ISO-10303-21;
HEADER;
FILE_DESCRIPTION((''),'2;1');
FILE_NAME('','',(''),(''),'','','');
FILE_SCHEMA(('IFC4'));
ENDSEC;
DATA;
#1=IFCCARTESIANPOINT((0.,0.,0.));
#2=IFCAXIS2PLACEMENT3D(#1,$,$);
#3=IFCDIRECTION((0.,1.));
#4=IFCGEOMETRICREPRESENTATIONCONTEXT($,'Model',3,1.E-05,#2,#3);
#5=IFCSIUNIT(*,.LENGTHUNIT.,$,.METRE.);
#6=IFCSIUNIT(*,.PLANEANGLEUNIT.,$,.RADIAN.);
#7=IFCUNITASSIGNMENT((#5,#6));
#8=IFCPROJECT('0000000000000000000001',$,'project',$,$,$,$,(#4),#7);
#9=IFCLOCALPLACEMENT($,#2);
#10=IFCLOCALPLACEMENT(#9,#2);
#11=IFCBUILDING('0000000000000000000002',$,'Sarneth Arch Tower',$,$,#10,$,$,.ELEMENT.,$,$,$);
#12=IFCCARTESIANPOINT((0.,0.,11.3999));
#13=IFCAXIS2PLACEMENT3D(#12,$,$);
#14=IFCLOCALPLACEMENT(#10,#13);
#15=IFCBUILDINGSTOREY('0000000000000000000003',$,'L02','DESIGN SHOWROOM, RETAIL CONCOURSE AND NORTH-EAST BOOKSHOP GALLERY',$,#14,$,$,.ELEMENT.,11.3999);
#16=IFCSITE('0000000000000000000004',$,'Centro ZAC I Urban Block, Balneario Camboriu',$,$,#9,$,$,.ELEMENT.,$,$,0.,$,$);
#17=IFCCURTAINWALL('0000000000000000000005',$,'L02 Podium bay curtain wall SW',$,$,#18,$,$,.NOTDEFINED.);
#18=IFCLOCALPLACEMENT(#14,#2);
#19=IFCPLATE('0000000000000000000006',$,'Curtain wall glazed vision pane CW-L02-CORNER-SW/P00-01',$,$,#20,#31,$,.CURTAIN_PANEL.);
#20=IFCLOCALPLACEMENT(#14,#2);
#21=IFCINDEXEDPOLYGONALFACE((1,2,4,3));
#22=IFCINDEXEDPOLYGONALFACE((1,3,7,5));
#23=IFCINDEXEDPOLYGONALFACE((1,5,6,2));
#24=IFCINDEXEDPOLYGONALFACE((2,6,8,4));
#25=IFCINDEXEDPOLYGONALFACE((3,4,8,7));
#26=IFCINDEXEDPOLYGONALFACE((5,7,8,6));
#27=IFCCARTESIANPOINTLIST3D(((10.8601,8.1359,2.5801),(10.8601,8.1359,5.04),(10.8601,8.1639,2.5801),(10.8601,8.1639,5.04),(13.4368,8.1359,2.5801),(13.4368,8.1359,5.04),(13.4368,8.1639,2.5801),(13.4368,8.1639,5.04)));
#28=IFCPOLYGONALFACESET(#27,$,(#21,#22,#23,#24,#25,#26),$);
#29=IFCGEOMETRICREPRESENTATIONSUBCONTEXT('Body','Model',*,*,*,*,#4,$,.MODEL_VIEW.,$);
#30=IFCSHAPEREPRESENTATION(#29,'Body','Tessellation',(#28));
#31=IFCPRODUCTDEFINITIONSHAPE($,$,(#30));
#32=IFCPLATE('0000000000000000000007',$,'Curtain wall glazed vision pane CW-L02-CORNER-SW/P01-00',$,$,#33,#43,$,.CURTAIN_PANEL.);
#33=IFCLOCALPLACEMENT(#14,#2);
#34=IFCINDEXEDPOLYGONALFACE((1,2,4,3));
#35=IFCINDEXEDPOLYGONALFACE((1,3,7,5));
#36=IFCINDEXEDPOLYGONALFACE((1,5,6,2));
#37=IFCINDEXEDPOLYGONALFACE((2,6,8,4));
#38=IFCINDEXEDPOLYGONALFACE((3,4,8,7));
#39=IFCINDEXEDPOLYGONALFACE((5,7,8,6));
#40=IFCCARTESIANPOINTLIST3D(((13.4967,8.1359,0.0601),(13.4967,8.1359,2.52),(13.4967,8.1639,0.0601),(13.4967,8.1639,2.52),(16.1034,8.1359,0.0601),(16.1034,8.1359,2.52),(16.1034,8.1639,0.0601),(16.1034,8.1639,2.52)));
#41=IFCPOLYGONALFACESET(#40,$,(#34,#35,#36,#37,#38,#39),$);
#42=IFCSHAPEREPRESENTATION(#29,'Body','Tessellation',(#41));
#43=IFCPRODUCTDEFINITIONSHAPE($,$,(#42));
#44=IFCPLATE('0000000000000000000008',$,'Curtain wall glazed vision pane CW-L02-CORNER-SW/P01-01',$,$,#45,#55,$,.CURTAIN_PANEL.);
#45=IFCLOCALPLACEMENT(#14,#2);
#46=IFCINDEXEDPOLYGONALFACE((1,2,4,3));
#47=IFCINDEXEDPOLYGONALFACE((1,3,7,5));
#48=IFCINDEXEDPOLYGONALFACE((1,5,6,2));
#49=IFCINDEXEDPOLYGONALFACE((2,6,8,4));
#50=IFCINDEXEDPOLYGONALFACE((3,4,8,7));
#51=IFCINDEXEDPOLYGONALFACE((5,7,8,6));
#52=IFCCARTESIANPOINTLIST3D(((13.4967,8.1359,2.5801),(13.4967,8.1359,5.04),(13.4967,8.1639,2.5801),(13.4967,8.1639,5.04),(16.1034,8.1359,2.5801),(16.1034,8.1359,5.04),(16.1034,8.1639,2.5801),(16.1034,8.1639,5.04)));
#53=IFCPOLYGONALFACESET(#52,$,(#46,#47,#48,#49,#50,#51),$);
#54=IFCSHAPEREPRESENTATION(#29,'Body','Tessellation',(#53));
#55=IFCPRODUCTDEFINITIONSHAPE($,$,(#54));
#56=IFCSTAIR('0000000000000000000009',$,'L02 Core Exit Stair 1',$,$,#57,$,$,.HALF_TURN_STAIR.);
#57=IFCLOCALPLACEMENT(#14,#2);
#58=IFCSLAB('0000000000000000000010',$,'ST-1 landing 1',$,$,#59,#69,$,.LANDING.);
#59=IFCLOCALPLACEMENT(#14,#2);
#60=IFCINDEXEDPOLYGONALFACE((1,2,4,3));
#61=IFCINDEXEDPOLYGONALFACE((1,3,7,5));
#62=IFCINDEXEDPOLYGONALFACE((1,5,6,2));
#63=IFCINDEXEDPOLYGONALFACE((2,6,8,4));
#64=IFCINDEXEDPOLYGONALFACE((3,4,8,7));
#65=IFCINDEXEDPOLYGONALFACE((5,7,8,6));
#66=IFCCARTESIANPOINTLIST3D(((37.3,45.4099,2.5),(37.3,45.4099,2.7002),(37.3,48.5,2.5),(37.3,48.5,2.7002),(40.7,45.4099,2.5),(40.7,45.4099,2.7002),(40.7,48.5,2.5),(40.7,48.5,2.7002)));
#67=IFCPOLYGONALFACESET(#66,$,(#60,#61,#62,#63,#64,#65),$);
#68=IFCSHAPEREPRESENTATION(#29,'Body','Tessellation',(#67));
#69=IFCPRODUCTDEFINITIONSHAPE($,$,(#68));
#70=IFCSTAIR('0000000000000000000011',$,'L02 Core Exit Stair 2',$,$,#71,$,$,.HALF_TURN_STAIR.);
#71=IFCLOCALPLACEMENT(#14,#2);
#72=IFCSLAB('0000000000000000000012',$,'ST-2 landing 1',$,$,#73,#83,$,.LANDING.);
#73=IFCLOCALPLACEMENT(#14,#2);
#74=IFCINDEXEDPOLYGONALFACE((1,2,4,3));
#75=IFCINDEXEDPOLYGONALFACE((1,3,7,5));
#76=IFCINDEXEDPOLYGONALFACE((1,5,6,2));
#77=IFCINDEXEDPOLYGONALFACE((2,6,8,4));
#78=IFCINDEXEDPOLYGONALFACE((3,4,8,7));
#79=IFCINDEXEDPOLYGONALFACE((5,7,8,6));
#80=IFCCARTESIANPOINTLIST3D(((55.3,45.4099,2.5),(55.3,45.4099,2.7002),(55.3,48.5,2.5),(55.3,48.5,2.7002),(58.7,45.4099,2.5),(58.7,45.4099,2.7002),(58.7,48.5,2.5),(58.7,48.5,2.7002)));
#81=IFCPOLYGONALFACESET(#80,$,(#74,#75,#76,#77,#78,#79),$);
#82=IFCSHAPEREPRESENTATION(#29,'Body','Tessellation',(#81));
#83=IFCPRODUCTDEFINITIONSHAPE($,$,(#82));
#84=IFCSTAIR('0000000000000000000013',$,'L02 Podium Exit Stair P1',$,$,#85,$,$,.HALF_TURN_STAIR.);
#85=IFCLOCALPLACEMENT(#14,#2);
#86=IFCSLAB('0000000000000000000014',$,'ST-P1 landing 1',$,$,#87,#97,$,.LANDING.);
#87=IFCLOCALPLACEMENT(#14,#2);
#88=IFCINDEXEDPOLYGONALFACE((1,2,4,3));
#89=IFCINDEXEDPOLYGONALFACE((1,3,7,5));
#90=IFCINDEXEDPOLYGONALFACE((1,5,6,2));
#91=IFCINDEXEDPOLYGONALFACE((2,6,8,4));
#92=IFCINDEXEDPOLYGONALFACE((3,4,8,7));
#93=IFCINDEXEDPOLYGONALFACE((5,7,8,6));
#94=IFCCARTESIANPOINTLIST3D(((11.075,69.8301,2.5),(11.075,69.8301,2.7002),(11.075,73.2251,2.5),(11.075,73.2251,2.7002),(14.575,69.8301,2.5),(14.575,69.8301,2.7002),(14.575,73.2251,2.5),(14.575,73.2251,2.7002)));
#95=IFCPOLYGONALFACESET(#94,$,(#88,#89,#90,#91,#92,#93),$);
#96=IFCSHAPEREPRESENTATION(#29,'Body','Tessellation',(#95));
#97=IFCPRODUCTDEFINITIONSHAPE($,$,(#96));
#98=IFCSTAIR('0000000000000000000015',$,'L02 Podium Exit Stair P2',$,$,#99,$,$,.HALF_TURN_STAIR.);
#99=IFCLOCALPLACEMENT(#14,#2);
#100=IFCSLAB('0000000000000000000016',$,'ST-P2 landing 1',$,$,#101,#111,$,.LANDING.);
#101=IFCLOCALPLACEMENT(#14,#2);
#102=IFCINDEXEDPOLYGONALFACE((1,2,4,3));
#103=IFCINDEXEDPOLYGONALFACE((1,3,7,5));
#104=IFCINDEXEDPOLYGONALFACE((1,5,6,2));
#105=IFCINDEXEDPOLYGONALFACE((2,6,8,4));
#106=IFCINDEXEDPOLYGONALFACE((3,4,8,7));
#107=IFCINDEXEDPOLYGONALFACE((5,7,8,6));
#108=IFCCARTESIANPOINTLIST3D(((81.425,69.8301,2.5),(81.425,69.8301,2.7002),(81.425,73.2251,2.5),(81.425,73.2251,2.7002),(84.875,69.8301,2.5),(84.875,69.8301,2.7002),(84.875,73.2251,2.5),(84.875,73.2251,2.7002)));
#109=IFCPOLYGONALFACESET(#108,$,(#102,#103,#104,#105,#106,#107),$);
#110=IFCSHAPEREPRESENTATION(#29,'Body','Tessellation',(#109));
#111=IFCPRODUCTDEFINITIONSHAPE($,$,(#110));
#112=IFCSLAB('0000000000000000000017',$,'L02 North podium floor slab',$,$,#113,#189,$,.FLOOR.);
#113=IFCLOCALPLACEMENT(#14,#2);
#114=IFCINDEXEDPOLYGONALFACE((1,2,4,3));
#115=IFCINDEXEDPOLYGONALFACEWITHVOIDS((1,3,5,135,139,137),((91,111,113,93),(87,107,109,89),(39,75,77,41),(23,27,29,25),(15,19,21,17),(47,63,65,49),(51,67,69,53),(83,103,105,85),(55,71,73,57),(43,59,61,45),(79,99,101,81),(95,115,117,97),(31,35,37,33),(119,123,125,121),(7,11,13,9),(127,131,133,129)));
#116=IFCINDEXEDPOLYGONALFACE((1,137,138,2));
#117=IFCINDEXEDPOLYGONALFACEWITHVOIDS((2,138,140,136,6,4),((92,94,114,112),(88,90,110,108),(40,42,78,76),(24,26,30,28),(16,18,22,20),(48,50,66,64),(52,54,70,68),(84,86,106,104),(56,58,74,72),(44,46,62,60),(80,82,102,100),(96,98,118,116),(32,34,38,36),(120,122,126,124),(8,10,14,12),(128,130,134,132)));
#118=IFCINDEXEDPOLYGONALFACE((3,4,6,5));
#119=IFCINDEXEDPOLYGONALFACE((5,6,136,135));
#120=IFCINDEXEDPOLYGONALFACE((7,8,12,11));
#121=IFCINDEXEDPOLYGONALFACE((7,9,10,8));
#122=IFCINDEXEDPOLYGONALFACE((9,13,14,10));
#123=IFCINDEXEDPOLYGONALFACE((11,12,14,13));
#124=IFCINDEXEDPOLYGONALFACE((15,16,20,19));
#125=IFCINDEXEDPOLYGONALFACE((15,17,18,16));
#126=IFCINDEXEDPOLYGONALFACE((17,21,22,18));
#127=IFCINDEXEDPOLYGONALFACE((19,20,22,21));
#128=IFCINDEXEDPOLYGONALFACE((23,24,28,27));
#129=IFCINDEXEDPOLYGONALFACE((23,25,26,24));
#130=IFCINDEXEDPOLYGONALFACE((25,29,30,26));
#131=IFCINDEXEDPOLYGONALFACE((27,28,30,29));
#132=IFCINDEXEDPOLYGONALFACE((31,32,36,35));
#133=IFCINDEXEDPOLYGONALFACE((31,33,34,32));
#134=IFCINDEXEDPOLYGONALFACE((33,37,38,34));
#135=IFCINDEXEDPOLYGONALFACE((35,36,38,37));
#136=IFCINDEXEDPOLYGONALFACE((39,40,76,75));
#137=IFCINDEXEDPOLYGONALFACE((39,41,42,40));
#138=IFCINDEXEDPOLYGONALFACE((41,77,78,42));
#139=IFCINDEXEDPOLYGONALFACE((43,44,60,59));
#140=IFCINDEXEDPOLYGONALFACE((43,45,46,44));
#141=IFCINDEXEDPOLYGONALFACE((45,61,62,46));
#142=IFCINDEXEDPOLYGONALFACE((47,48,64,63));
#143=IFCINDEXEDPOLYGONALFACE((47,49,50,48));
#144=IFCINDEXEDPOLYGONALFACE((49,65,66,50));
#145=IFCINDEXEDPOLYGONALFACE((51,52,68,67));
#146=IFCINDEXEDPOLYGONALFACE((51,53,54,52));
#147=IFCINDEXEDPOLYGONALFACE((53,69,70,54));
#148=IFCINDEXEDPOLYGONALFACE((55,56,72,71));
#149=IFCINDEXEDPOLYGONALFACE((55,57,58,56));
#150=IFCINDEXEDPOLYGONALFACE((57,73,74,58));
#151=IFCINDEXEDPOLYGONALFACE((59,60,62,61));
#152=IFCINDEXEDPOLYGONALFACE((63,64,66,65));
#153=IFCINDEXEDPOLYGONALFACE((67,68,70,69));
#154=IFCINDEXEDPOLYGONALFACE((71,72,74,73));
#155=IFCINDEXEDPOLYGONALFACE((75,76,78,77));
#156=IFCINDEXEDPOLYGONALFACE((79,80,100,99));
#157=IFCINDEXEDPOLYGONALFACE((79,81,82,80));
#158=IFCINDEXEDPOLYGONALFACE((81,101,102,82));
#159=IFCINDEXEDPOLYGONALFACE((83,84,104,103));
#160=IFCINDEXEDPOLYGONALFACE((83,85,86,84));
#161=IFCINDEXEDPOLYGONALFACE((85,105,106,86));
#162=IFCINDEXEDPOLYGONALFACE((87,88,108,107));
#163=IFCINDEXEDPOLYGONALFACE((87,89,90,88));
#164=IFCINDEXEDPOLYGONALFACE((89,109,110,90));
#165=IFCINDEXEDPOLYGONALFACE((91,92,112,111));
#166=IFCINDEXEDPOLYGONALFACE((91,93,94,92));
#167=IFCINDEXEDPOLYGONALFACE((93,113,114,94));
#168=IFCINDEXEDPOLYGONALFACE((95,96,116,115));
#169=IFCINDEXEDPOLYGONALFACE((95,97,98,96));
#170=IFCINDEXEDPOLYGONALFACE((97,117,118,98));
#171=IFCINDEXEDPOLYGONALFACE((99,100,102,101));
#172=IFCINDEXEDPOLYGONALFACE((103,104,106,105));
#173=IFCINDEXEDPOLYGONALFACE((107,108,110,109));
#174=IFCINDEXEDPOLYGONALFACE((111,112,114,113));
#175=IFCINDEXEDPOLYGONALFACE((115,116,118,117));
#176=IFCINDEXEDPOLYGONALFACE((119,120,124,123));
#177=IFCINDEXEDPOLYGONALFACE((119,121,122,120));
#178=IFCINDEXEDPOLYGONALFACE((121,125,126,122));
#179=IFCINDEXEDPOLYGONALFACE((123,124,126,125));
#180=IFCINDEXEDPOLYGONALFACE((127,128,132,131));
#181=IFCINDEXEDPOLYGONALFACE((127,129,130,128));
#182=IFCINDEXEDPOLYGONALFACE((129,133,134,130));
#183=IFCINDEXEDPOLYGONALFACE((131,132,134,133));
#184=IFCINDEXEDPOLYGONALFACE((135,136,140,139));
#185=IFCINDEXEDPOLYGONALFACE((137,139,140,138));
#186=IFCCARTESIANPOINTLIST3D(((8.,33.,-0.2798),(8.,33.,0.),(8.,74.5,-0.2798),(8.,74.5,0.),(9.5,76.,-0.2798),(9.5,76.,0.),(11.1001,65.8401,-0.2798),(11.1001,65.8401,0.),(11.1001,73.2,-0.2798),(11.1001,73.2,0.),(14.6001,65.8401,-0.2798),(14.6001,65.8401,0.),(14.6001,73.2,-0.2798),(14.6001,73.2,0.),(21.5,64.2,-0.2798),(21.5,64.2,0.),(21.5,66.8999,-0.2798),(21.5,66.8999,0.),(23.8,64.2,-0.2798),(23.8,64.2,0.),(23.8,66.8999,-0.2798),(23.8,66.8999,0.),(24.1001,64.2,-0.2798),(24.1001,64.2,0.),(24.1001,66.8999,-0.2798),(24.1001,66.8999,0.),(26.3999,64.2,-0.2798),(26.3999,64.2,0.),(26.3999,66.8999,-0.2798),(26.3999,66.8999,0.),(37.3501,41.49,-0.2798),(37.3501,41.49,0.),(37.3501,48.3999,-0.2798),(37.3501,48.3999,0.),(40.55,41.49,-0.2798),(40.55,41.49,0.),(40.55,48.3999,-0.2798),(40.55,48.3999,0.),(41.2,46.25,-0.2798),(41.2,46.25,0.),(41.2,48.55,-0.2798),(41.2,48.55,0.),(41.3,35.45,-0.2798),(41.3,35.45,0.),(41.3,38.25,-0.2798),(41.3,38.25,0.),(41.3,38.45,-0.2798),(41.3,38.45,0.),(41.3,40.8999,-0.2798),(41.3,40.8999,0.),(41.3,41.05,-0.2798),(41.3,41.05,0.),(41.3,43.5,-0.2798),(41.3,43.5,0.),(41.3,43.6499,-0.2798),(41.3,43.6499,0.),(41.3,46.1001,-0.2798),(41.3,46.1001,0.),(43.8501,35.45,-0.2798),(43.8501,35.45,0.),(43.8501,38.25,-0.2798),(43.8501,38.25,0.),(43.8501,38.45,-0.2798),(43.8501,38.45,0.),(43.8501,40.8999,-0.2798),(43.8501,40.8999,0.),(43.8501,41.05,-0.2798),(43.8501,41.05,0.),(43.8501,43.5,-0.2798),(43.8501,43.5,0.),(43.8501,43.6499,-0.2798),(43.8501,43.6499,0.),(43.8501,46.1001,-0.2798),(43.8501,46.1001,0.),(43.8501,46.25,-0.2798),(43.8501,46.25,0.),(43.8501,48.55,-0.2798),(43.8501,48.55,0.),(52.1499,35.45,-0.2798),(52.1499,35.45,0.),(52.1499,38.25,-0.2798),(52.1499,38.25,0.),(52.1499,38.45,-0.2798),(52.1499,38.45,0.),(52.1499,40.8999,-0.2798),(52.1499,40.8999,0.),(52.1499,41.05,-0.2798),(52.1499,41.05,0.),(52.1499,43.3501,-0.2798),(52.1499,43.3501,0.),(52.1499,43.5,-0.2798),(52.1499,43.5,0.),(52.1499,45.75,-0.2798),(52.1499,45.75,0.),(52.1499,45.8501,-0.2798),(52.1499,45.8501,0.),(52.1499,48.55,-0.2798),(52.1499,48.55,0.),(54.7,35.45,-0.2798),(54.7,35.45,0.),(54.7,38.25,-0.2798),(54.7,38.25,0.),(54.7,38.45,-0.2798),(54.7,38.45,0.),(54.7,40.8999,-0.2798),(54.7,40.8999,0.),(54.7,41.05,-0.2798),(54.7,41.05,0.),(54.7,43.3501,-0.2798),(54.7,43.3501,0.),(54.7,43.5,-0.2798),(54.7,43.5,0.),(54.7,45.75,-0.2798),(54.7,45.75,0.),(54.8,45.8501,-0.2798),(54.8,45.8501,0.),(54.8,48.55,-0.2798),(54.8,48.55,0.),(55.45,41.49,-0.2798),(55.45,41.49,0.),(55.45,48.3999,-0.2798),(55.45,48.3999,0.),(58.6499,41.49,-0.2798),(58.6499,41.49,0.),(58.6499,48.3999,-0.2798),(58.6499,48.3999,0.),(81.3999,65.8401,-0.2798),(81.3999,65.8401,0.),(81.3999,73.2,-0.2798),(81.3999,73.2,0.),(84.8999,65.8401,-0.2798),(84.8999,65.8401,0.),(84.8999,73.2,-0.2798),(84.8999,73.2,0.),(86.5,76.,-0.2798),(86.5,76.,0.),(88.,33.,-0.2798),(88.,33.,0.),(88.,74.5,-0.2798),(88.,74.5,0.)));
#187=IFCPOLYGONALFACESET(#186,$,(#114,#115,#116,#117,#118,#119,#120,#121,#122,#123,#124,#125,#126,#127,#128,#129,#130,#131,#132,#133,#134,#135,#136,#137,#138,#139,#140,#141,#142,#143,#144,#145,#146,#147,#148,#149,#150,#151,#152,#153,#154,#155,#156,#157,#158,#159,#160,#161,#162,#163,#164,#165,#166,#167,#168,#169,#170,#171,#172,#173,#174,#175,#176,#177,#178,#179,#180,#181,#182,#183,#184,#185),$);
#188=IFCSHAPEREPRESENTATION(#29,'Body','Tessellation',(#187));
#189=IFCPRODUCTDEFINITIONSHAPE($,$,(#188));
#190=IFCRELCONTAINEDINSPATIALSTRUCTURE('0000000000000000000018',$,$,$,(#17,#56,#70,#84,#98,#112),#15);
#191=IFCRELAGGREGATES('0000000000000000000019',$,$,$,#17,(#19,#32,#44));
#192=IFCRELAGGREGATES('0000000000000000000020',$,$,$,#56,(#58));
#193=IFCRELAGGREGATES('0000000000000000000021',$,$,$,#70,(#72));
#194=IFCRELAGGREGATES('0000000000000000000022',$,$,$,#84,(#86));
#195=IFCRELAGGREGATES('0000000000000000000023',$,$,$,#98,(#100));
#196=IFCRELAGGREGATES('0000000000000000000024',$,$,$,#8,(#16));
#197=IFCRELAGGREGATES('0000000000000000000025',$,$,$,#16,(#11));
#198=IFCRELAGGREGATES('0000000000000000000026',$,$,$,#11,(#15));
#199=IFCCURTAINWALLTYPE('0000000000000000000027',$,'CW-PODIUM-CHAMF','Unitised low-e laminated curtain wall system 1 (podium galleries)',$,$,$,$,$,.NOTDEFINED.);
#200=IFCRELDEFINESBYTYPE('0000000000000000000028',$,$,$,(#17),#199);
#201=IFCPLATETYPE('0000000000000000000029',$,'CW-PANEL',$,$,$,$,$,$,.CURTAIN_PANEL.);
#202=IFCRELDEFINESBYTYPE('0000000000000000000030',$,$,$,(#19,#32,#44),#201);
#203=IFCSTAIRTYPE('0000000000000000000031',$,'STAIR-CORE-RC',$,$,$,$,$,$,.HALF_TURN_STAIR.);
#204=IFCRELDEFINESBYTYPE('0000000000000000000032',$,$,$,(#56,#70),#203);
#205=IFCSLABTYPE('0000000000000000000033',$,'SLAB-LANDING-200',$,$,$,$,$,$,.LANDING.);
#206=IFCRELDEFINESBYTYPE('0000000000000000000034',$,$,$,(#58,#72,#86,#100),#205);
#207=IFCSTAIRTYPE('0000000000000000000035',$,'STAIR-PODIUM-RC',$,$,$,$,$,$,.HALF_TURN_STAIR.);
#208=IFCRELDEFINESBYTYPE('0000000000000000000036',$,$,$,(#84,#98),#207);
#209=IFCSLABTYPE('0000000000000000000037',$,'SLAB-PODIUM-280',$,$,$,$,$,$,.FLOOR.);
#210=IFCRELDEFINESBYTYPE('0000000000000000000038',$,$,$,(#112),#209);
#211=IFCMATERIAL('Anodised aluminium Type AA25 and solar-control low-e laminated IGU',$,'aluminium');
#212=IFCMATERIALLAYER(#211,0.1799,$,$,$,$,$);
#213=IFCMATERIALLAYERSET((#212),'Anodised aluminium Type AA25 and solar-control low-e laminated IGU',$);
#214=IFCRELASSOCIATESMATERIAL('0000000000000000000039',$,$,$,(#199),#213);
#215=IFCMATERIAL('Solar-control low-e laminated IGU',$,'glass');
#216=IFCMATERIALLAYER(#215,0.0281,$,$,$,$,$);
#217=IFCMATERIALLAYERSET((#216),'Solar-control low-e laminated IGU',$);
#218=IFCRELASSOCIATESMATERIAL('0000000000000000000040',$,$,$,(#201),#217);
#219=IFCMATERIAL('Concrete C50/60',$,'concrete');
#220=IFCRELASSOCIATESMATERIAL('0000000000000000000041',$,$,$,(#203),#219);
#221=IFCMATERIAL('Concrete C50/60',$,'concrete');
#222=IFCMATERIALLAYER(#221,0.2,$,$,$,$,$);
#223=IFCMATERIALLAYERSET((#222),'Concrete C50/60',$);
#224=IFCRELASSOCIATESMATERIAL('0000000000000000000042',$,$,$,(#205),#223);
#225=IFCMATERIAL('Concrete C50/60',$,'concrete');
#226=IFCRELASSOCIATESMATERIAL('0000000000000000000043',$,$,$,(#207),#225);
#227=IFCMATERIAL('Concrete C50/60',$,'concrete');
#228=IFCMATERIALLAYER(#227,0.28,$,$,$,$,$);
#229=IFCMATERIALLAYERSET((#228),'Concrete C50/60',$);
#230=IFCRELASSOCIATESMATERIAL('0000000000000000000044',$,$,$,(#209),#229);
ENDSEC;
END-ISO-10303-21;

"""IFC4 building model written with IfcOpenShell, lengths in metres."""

from ifc_helpers import new_model, si_unit, direction, frame, origin, origin_2d, place, context, subcontext, project, spatial, polyline, rectangle, outline, extrude, material, layer, layer_set, type_object, element, aggregate, save


model = new_model("IFC4")

# Units and contexts
model_context = context("Model", 3, precision=1e-05, world=origin(), true_north=direction((0.0, 1.0)))
body_context = subcontext(model_context, "Body", "Model", "MODEL_VIEW")
ifc_project = project(units=[si_unit("LENGTHUNIT", "METRE"), si_unit("PLANEANGLEUNIT", "RADIAN")], contexts=[model_context])

# Site, building, storey
site_placement = place(None, origin())
site = spatial("IfcSite", under=ifc_project, at=site_placement, Name="Centro ZAC I Urban Block, Balneario Camboriu", CompositionType="ELEMENT", RefElevation=0.0)
building_placement = place(site_placement, origin())
building = spatial("IfcBuilding", under=site, at=building_placement, Name="Sarneth Arch Tower", CompositionType="ELEMENT")
storey_placement = place(building_placement, frame((0.0, 0.0, 11.3999)))
storey = spatial("IfcBuildingStorey", under=building, at=storey_placement, Name="L02", Description="DESIGN SHOWROOM, RETAIL CONCOURSE AND NORTH-EAST BOOKSHOP GALLERY", CompositionType="ELEMENT", Elevation=11.3999)

# Curtain wall, plates
ifc_material_1 = material(Name="Anodised aluminium Type AA25 and solar-control low-e laminated IGU", Category="aluminium")
ifc_layer_1 = layer(ifc_material_1, 0.1799)
ifc_layer_set_1 = layer_set([ifc_layer_1], Name="Anodised aluminium Type AA25 and solar-control low-e laminated IGU")
curtain_wall_type = type_object("IfcCurtainWallType", Name="CW-PODIUM-CHAMF", Description="Unitised low-e laminated curtain wall system 1 (podium galleries)", PredefinedType="NOTDEFINED", material=ifc_layer_set_1)
curtain_wall_placement = place(storey_placement, origin())
curtain_wall = element("IfcCurtainWall", 1, at=curtain_wall_placement, inside=storey, type_object=curtain_wall_type, Name="L02 Podium bay curtain wall SW", PredefinedType="NOTDEFINED")
ifc_material_2 = material(Name="Solar-control low-e laminated IGU", Category="glass")
ifc_layer_2 = layer(ifc_material_2, 0.0281)
ifc_layer_set_2 = layer_set([ifc_layer_2], Name="Solar-control low-e laminated IGU")
plate_type = type_object("IfcPlateType", Name="CW-PANEL", PredefinedType="CURTAIN_PANEL", material=ifc_layer_set_2)
plate_1_placement = place(storey_placement, frame((12.1484, 8.1499, 2.5801), z_axis=(0.0, 0.0, 1.0), x_axis=(1.0, 0.0, 0.0)))
plate_1 = element("IfcPlate", 2, at=plate_1_placement, type_object=plate_type, Name="Curtain wall glazed vision pane CW-L02-CORNER-SW/P00-01", PredefinedType="CURTAIN_PANEL", context=body_context, shape_type="SweptSolid", body=[
    extrude(rectangle(XDim=2.5767, YDim=0.0281, at=origin_2d()), origin(), (0.0, 0.0, 1.0), 2.46),
])
plate_2_placement = place(storey_placement, frame((14.8, 8.1499, 0.0601), z_axis=(0.0, 0.0, 1.0), x_axis=(1.0, 0.0, 0.0)))
plate_2 = element("IfcPlate", 3, at=plate_2_placement, type_object=plate_type, Name="Curtain wall glazed vision pane CW-L02-CORNER-SW/P01-00", PredefinedType="CURTAIN_PANEL", context=body_context, shape_type="SweptSolid", body=[
    extrude(rectangle(XDim=2.6067, YDim=0.0281, at=origin_2d()), origin(), (0.0, 0.0, 1.0), 2.46),
])
plate_3_placement = place(storey_placement, frame((14.8, 8.1499, 2.5801), z_axis=(0.0, 0.0, 1.0), x_axis=(1.0, 0.0, 0.0)))
plate_3 = element("IfcPlate", 4, at=plate_3_placement, type_object=plate_type, Name="Curtain wall glazed vision pane CW-L02-CORNER-SW/P01-01", PredefinedType="CURTAIN_PANEL", context=body_context, shape_type="SweptSolid", body=[
    extrude(rectangle(XDim=2.6067, YDim=0.0281, at=origin_2d()), origin(), (0.0, 0.0, 1.0), 2.46),
])
aggregate(curtain_wall, [plate_1, plate_2, plate_3])

# Stairs, slabs
ifc_material_3 = material(Name="Concrete C50/60", Category="concrete")
stair_type_1 = type_object("IfcStairType", Name="STAIR-CORE-RC", PredefinedType="HALF_TURN_STAIR", material=ifc_material_3)
stair_1_placement = place(storey_placement, origin())
stair_1 = element("IfcStair", 5, at=stair_1_placement, inside=storey, type_object=stair_type_1, Name="L02 Core Exit Stair 1", PredefinedType="HALF_TURN_STAIR")
ifc_material_4 = material(Name="Concrete C50/60", Category="concrete")
ifc_layer_3 = layer(ifc_material_4, 0.2)
ifc_layer_set_3 = layer_set([ifc_layer_3], Name="Concrete C50/60")
slab_type_1 = type_object("IfcSlabType", Name="SLAB-LANDING-200", PredefinedType="LANDING", material=ifc_layer_set_3)
slab_1_placement = place(storey_placement, frame((0.0, 0.0, 2.5)))
slab_1 = element("IfcSlab", 6, at=slab_1_placement, type_object=slab_type_1, Name="ST-1 landing 1", PredefinedType="LANDING", context=body_context, shape_type="SweptSolid", body=[
    extrude(outline(polyline([(37.3, 45.4099), (40.7, 45.4099), (40.7, 48.5), (37.3, 48.5), (37.3, 45.4099)])), origin(), (0.0, 0.0, 1.0), 0.2002),
])
aggregate(stair_1, [slab_1])
stair_2_placement = place(storey_placement, origin())
stair_2 = element("IfcStair", 7, at=stair_2_placement, inside=storey, type_object=stair_type_1, Name="L02 Core Exit Stair 2", PredefinedType="HALF_TURN_STAIR")
slab_2_placement = place(storey_placement, frame((0.0, 0.0, 2.5)))
slab_2 = element("IfcSlab", 8, at=slab_2_placement, type_object=slab_type_1, Name="ST-2 landing 1", PredefinedType="LANDING", context=body_context, shape_type="SweptSolid", body=[
    extrude(outline(polyline([(55.3, 45.4099), (58.7, 45.4099), (58.7, 48.5), (55.3, 48.5), (55.3, 45.4099)])), origin(), (0.0, 0.0, 1.0), 0.2002),
])
aggregate(stair_2, [slab_2])
ifc_material_5 = material(Name="Concrete C50/60", Category="concrete")
stair_type_2 = type_object("IfcStairType", Name="STAIR-PODIUM-RC", PredefinedType="HALF_TURN_STAIR", material=ifc_material_5)
stair_3_placement = place(storey_placement, origin())
stair_3 = element("IfcStair", 9, at=stair_3_placement, inside=storey, type_object=stair_type_2, Name="L02 Podium Exit Stair P1", PredefinedType="HALF_TURN_STAIR")
slab_3_placement = place(storey_placement, frame((0.0, 0.0, 2.5)))
slab_3 = element("IfcSlab", 10, at=slab_3_placement, type_object=slab_type_1, Name="ST-P1 landing 1", PredefinedType="LANDING", context=body_context, shape_type="SweptSolid", body=[
    extrude(outline(polyline([(11.075, 69.8301), (14.575, 69.8301), (14.575, 73.2251), (11.075, 73.2251), (11.075, 69.8301)])), origin(), (0.0, 0.0, 1.0), 0.2002),
])
aggregate(stair_3, [slab_3])
stair_4_placement = place(storey_placement, origin())
stair_4 = element("IfcStair", 11, at=stair_4_placement, inside=storey, type_object=stair_type_2, Name="L02 Podium Exit Stair P2", PredefinedType="HALF_TURN_STAIR")
slab_4_placement = place(storey_placement, frame((0.0, 0.0, 2.5)))
slab_4 = element("IfcSlab", 12, at=slab_4_placement, type_object=slab_type_1, Name="ST-P2 landing 1", PredefinedType="LANDING", context=body_context, shape_type="SweptSolid", body=[
    extrude(outline(polyline([(81.425, 69.8301), (84.875, 69.8301), (84.875, 73.2251), (81.425, 73.2251), (81.425, 69.8301)])), origin(), (0.0, 0.0, 1.0), 0.2002),
])
aggregate(stair_4, [slab_4])

# Slab
ifc_material_6 = material(Name="Concrete C50/60", Category="concrete")
ifc_layer_4 = layer(ifc_material_6, 0.28)
ifc_layer_set_4 = layer_set([ifc_layer_4], Name="Concrete C50/60")
slab_type_2 = type_object("IfcSlabType", Name="SLAB-PODIUM-280", PredefinedType="FLOOR", material=ifc_layer_set_4)
slab_5_placement = place(storey_placement, frame((0.0, 0.0, -0.2798)))
element("IfcSlab", 13, at=slab_5_placement, inside=storey, type_object=slab_type_2, Name="L02 North podium floor slab", PredefinedType="FLOOR", context=body_context, shape_type="SweptSolid", body=[
    extrude(outline(polyline([(8.0, 33.0), (88.0, 33.0), (88.0, 74.5), (86.5, 76.0), (9.5, 76.0), (8.0, 74.5), (8.0, 33.0)]), holes=[polyline([(37.3501, 41.49), (40.55, 41.49), (40.55, 48.3999), (37.3501, 48.3999), (37.3501, 41.49)]), polyline([(55.45, 41.49), (58.6499, 41.49), (58.6499, 48.3999), (55.45, 48.3999), (55.45, 41.49)]), polyline([(11.1001, 65.8401), (14.6001, 65.8401), (14.6001, 73.2), (11.1001, 73.2), (11.1001, 65.8401)]), polyline([(81.3999, 65.8401), (84.8999, 65.8401), (84.8999, 73.2), (81.3999, 73.2), (81.3999, 65.8401)]), polyline([(41.2, 46.25), (43.8501, 46.25), (43.8501, 48.55), (41.2, 48.55), (41.2, 46.25)]), polyline([(41.3, 35.45), (43.8501, 35.45), (43.8501, 38.25), (41.3, 38.25), (41.3, 35.45)]), polyline([(52.1499, 35.45), (54.7, 35.45), (54.7, 38.25), (52.1499, 38.25), (52.1499, 35.45)]), polyline([(52.1499, 45.8501), (54.8, 45.8501), (54.8, 48.55), (52.1499, 48.55), (52.1499, 45.8501)]), polyline([(41.3, 38.45), (43.8501, 38.45), (43.8501, 40.8999), (41.3, 40.8999), (41.3, 38.45)]), polyline([(41.3, 41.05), (43.8501, 41.05), (43.8501, 43.5), (41.3, 43.5), (41.3, 41.05)]), polyline([(41.3, 43.6499), (43.8501, 43.6499), (43.8501, 46.1001), (41.3, 46.1001), (41.3, 43.6499)]), polyline([(52.1499, 38.45), (54.7, 38.45), (54.7, 40.8999), (52.1499, 40.8999), (52.1499, 38.45)]), polyline([(52.1499, 41.05), (54.7, 41.05), (54.7, 43.3501), (52.1499, 43.3501), (52.1499, 41.05)]), polyline([(52.1499, 43.5), (54.7, 43.5), (54.7, 45.75), (52.1499, 45.75), (52.1499, 43.5)]), polyline([(21.5, 64.2), (23.8, 64.2), (23.8, 66.8999), (21.5, 66.8999), (21.5, 64.2)]), polyline([(24.1001, 64.2), (26.3999, 64.2), (26.3999, 66.8999), (24.1001, 66.8999), (24.1001, 64.2)])]), origin(), (0.0, 0.0, 1.0), 0.2798),
])

save(model, "model.ifc")
